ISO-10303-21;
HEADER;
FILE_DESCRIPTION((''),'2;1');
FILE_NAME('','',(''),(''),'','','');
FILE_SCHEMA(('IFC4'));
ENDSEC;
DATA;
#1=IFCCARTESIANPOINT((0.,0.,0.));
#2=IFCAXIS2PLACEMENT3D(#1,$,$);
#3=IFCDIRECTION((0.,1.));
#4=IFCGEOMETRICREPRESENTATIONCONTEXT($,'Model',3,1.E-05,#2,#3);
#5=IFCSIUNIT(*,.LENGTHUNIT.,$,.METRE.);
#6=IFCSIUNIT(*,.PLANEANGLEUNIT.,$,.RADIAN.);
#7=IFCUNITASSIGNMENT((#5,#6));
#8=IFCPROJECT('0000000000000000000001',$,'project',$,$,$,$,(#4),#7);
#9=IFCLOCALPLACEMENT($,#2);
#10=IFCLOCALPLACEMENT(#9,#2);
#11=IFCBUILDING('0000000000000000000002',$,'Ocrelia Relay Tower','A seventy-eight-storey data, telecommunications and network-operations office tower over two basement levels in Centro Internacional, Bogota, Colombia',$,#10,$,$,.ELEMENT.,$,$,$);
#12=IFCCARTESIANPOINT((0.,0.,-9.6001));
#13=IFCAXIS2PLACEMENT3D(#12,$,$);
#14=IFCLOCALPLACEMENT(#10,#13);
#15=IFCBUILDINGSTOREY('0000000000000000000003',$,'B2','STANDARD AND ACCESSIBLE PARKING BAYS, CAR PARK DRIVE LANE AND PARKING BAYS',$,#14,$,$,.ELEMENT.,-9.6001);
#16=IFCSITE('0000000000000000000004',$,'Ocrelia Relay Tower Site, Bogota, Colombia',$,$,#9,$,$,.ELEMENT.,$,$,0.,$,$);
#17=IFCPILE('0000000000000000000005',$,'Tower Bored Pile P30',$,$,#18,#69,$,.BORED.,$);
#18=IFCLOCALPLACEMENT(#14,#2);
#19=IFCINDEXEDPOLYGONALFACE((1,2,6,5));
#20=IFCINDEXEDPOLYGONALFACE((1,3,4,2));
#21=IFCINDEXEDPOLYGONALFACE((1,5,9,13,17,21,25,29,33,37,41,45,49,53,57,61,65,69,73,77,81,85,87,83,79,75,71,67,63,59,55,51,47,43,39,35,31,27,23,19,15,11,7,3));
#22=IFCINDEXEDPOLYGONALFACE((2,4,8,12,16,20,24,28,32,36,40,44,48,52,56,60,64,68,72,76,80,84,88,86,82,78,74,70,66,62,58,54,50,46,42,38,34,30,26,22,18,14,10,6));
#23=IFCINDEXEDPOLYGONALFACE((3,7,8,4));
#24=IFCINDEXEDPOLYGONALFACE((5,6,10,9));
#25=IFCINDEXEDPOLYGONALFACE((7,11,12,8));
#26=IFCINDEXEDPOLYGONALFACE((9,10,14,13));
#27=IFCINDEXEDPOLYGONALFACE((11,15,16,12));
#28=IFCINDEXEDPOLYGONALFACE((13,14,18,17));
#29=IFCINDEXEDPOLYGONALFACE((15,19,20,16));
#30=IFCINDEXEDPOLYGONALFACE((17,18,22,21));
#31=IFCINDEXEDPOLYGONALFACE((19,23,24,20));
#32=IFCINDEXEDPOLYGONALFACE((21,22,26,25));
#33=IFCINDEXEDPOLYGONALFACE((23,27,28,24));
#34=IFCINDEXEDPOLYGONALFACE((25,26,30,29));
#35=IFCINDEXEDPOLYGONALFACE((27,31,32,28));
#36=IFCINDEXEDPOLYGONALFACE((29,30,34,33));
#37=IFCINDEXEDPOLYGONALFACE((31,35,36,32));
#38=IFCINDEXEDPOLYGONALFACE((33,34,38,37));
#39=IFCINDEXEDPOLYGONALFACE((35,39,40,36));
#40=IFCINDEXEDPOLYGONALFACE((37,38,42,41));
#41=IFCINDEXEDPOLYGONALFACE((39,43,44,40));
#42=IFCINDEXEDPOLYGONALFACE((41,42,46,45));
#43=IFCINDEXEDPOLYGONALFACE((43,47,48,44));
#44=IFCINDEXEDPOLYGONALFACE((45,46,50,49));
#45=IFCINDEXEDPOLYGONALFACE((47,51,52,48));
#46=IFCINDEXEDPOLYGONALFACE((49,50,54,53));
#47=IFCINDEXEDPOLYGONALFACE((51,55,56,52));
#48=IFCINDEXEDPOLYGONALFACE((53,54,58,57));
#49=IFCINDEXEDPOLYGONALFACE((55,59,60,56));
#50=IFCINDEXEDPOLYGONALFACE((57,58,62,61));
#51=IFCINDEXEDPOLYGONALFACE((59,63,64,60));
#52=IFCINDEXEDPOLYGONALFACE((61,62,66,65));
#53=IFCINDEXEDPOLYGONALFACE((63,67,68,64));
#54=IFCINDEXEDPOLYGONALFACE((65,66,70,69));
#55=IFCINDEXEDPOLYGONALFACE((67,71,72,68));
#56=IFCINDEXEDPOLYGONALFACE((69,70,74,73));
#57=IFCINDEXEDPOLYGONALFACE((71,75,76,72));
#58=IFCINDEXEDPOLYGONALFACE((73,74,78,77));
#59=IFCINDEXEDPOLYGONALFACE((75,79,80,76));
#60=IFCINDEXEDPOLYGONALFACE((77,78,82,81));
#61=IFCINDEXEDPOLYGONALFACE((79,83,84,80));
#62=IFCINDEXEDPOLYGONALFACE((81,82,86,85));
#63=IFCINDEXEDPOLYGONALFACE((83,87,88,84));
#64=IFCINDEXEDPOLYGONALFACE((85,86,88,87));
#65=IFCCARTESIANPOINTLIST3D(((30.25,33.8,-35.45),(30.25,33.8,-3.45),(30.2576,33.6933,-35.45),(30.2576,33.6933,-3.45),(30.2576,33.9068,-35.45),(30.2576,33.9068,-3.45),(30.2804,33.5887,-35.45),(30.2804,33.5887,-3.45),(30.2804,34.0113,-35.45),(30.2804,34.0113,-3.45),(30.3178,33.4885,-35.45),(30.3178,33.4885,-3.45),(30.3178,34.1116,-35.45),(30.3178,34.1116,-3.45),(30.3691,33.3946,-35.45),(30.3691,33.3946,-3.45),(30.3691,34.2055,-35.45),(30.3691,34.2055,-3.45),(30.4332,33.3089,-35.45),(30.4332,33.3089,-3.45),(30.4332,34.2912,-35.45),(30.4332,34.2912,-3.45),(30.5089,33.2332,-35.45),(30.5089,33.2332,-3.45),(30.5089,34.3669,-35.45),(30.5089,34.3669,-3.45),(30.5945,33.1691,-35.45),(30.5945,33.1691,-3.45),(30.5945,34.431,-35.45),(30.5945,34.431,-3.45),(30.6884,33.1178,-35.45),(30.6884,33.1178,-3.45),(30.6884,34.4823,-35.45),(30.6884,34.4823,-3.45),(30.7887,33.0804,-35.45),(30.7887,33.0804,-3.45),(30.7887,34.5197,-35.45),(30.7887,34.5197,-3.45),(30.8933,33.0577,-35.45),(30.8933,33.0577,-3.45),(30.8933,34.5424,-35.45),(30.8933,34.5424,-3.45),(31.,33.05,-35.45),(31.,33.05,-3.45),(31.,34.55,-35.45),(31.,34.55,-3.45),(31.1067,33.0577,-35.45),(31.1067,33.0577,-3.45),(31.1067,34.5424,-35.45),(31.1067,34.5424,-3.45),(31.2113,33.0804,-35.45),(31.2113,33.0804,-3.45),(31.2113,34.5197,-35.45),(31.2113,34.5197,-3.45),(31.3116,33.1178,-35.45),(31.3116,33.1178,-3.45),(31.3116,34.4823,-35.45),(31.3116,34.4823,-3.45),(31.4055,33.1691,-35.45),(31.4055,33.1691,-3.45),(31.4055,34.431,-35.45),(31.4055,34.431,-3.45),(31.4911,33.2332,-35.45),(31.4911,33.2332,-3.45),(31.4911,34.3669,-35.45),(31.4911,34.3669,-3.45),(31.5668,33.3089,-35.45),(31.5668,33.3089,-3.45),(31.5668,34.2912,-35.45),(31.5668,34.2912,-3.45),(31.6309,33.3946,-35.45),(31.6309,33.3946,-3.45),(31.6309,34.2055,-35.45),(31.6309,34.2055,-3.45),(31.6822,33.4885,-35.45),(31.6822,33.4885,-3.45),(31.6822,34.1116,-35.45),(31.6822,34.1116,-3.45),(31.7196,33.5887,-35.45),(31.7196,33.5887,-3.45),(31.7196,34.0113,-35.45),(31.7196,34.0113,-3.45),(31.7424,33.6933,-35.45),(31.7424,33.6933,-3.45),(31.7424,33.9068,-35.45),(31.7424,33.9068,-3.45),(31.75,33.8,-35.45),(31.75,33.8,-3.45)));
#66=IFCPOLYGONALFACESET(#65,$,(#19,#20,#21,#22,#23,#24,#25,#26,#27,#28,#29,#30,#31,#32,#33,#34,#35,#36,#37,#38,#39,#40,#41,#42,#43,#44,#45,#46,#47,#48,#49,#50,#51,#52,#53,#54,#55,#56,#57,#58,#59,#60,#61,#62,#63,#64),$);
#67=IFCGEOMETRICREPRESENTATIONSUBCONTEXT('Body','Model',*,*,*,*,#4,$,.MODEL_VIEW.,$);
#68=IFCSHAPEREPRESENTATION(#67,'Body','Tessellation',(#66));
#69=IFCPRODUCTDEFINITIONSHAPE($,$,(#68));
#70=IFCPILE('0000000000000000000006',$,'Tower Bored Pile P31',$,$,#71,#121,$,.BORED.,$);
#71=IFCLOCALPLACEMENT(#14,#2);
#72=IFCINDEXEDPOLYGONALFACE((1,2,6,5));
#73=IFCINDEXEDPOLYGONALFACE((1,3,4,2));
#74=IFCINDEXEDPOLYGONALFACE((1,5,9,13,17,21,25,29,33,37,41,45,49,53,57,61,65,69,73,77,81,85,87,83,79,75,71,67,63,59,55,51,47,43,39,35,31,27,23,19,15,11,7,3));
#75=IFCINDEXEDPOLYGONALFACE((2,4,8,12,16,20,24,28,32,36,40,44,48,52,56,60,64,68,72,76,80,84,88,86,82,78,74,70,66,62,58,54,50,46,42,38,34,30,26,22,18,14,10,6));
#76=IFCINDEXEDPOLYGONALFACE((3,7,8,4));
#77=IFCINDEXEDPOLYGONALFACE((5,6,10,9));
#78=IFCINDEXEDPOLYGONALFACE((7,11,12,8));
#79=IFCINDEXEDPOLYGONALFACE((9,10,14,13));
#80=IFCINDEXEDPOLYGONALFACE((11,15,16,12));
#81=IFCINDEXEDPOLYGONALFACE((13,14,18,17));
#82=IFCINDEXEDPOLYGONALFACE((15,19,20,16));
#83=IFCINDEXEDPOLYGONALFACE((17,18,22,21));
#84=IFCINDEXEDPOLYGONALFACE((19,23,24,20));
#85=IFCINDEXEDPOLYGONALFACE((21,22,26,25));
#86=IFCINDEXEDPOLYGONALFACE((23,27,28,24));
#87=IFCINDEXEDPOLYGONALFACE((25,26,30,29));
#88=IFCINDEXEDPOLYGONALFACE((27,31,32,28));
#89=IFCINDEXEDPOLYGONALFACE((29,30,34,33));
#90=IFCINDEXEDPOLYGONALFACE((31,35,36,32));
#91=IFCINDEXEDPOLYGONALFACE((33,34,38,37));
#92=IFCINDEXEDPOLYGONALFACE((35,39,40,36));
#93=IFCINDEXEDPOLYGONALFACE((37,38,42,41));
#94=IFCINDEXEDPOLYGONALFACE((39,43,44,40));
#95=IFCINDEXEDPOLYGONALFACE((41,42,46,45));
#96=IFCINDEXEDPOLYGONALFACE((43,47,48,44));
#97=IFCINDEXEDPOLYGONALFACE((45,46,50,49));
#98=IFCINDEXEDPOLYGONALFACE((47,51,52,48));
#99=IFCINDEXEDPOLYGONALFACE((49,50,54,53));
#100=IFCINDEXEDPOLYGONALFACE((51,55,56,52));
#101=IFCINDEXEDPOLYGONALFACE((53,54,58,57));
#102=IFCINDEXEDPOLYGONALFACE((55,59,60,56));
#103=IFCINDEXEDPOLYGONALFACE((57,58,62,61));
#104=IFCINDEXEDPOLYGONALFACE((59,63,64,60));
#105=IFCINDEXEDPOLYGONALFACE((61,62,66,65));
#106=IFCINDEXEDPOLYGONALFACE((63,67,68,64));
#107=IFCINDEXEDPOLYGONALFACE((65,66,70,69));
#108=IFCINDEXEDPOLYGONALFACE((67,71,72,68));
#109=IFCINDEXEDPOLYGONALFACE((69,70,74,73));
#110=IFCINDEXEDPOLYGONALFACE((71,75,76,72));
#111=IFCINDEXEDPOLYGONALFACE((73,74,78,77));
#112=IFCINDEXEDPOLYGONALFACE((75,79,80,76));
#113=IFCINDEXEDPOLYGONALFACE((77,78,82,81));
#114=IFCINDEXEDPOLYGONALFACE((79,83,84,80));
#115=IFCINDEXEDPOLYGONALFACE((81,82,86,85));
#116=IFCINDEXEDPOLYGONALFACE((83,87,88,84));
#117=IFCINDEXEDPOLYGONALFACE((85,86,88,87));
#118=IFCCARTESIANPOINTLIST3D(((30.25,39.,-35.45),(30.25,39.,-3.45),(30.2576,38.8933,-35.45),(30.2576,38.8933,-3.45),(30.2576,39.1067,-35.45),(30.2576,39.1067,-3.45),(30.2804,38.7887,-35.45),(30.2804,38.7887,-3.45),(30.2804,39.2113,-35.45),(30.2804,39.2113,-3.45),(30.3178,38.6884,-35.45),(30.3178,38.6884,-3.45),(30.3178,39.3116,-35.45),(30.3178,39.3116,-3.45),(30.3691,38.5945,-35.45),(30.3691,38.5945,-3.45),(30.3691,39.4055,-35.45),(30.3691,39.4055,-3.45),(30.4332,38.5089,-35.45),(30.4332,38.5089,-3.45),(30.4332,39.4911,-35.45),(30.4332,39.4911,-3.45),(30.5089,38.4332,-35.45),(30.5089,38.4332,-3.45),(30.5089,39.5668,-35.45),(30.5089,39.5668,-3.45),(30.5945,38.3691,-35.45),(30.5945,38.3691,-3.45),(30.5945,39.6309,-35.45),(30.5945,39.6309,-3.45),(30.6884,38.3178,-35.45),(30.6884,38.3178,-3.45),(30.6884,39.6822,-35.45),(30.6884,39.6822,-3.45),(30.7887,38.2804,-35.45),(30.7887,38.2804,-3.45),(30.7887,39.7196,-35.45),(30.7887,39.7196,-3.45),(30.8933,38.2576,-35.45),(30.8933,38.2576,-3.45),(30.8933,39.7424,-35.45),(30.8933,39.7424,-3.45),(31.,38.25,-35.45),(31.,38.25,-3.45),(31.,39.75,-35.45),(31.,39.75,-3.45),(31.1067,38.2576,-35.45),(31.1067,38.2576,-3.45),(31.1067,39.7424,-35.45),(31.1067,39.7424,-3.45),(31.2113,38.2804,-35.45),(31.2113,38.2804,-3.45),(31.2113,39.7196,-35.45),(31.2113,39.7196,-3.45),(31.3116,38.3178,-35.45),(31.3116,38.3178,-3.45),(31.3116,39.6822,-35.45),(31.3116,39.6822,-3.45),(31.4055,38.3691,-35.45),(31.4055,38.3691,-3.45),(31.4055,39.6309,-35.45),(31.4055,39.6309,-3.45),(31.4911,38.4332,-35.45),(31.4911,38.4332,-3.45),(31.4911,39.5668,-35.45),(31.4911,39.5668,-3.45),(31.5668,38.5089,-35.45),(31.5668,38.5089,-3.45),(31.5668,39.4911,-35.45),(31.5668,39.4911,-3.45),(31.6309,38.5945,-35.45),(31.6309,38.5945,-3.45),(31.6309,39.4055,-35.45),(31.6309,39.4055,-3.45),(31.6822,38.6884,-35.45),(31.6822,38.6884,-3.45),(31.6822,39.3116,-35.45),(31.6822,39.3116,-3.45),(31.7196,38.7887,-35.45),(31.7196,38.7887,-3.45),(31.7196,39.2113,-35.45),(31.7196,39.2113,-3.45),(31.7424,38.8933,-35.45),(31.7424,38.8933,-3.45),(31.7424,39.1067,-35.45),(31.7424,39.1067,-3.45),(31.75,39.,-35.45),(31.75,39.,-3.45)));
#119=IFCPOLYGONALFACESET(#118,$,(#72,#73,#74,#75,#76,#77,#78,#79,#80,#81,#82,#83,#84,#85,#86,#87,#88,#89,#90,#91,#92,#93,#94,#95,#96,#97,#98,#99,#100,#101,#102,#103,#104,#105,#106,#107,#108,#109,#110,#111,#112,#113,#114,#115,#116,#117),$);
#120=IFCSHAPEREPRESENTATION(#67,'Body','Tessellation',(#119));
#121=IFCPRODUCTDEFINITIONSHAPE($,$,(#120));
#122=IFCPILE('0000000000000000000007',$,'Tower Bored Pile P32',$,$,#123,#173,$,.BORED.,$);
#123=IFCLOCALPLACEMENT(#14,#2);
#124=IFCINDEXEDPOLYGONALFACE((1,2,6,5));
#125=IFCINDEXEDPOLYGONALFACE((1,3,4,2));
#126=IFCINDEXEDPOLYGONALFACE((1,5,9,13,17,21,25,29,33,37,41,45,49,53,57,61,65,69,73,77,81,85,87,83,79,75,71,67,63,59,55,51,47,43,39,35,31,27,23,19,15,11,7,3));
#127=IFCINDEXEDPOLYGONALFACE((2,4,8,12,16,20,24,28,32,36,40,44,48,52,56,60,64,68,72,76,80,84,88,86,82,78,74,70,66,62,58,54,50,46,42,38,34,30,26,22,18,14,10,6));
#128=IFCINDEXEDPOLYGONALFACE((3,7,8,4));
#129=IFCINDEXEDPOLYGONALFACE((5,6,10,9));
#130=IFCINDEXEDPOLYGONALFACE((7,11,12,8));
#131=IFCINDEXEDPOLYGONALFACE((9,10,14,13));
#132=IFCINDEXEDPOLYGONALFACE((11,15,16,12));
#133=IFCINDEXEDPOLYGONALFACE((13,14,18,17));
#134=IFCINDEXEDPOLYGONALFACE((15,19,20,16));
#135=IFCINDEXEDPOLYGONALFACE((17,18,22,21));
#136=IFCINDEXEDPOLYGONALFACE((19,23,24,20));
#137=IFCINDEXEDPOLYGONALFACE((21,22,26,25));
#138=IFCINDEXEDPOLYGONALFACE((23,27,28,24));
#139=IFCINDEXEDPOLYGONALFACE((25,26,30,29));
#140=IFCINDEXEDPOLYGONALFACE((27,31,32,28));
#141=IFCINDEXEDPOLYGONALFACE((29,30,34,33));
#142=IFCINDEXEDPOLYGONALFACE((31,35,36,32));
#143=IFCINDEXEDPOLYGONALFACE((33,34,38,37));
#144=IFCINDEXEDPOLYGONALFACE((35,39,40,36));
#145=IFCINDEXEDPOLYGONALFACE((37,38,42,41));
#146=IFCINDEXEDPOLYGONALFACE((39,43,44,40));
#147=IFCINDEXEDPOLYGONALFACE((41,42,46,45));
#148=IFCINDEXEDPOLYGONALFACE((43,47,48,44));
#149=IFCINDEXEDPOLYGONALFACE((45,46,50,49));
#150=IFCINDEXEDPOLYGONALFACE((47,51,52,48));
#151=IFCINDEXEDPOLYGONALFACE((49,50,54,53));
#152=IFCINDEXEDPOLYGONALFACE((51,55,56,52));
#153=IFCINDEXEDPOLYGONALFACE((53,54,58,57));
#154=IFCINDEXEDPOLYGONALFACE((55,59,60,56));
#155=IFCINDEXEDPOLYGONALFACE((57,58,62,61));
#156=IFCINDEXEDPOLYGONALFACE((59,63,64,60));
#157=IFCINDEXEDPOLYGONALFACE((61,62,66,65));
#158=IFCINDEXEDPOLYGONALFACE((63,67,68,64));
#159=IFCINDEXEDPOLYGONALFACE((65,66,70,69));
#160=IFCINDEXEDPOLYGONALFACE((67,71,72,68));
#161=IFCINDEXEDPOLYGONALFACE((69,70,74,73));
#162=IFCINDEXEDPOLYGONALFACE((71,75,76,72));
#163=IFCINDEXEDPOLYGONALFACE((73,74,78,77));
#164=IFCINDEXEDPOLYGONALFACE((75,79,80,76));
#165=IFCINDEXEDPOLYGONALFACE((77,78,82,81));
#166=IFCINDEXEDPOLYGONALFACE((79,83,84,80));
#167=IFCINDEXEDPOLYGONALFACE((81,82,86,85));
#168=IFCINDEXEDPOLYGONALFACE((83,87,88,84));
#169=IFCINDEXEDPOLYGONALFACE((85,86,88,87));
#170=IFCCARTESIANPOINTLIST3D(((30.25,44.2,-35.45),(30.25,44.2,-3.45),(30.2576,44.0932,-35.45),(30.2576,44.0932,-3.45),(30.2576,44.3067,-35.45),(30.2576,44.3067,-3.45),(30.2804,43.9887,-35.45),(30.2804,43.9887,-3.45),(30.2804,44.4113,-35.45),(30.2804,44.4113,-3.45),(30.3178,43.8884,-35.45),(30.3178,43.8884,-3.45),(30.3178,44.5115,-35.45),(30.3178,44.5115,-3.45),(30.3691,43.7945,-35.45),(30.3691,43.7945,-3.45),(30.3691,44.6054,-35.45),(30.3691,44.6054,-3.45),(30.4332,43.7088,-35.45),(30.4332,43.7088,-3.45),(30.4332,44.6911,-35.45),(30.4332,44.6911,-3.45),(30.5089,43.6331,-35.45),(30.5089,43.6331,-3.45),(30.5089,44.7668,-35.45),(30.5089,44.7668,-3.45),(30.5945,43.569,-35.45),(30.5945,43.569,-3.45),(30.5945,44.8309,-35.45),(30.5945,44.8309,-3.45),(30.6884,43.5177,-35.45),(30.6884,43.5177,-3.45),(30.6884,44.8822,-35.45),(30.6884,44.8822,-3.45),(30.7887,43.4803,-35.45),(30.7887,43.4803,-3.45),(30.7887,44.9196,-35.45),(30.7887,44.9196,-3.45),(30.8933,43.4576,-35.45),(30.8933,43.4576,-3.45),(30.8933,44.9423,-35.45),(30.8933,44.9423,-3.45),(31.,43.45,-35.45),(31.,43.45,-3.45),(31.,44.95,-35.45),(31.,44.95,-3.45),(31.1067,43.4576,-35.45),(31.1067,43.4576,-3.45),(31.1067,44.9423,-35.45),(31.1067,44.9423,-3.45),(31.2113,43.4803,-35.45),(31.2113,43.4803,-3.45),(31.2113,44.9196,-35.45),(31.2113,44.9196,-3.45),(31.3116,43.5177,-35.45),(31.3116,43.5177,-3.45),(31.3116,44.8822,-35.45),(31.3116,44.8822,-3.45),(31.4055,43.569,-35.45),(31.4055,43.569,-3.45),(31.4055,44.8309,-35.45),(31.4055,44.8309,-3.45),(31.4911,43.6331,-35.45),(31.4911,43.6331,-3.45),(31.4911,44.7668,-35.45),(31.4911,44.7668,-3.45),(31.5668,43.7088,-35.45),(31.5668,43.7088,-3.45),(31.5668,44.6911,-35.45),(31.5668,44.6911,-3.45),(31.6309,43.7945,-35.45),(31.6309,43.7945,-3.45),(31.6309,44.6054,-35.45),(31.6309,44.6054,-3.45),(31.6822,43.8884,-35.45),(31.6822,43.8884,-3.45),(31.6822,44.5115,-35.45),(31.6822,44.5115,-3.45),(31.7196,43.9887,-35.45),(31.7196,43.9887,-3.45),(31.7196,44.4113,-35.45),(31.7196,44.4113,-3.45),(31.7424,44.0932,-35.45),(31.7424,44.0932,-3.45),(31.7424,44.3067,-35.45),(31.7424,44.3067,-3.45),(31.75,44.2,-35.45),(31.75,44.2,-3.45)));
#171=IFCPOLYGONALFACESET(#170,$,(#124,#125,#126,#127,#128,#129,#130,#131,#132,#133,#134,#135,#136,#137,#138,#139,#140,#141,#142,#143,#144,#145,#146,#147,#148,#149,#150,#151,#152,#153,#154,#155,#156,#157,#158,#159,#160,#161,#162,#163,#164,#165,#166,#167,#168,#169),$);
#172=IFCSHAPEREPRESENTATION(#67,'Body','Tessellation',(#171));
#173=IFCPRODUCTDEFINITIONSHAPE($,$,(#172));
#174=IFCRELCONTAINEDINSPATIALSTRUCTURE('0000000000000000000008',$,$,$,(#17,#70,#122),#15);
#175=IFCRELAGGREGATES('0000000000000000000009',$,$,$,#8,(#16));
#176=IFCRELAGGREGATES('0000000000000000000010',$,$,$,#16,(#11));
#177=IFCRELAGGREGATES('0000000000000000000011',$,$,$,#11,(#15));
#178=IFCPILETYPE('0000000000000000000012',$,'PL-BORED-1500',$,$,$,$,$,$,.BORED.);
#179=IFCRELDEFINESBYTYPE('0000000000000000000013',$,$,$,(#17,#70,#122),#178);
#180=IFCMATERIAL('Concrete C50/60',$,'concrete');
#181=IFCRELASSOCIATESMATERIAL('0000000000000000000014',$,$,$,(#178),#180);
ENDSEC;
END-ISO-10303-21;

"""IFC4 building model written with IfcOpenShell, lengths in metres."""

from ifc_helpers import new_model, si_unit, direction, frame, origin, origin_2d, place, context, subcontext, project, spatial, circle, extrude, material, material_profile, profile_set, type_object, element, save


model = new_model("IFC4")

# Units and contexts
model_context = context("Model", 3, precision=1e-05, world=origin(), true_north=direction((0.0, 1.0)))
body_context = subcontext(model_context, "Body", "Model", "MODEL_VIEW")
ifc_project = project(units=[si_unit("LENGTHUNIT", "METRE"), si_unit("PLANEANGLEUNIT", "RADIAN")], contexts=[model_context])

# Site, building, storey
site_placement = place(None, origin())
site = spatial("IfcSite", under=ifc_project, at=site_placement, Name="Ocrelia Relay Tower Site, Bogota, Colombia", CompositionType="ELEMENT", RefElevation=0.0)
building_placement = place(site_placement, origin())
building = spatial("IfcBuilding", under=site, at=building_placement, Name="Ocrelia Relay Tower", Description="A seventy-eight-storey data, telecommunications and network-operations office tower over two basement levels in Centro Internacional, Bogota, Colombia", CompositionType="ELEMENT")
storey_placement = place(building_placement, frame((0.0, 0.0, -9.6001)))
storey = spatial("IfcBuildingStorey", under=building, at=storey_placement, Name="B2", Description="STANDARD AND ACCESSIBLE PARKING BAYS, CAR PARK DRIVE LANE AND PARKING BAYS", CompositionType="ELEMENT", Elevation=-9.6001)

# Piles
ifc_material_1 = material(Name="Concrete C50/60", Category="concrete")
ifc_material_profile_1 = material_profile(ifc_material_1, circle(Radius=0.75, at=origin_2d()), Name="PILE-1500")
ifc_profile_set_1 = profile_set([ifc_material_profile_1], Name="Concrete C50/60")
pile_type = type_object("IfcPileType", Name="PL-BORED-1500", PredefinedType="BORED", material=ifc_profile_set_1)
for number, where, z_axis, x_axis, name in (
    (1, (31.0, 33.8, -3.45), (0.0, 0.0, -1.0), (1.0, 0.0, 0.0), "Tower Bored Pile P30"),
    (2, (31.0, 39.0, -3.45), (0.0, 0.0, -1.0), (1.0, 0.0, 0.0), "Tower Bored Pile P31"),
    (3, (31.0, 44.2, -3.45), (0.0, 0.0, -1.0), (1.0, 0.0, 0.0), "Tower Bored Pile P32"),
):
    element("IfcPile", number, at=place(storey_placement, frame(where, z_axis=z_axis, x_axis=x_axis)), inside=storey, type_object=pile_type, Name=name, PredefinedType="BORED", context=body_context, shape_type="SweptSolid", body=[
        extrude(circle(Radius=0.75, at=origin_2d()), origin(), (0.0, 0.0, 1.0), 32.0),
    ])

save(model, "model.ifc")
